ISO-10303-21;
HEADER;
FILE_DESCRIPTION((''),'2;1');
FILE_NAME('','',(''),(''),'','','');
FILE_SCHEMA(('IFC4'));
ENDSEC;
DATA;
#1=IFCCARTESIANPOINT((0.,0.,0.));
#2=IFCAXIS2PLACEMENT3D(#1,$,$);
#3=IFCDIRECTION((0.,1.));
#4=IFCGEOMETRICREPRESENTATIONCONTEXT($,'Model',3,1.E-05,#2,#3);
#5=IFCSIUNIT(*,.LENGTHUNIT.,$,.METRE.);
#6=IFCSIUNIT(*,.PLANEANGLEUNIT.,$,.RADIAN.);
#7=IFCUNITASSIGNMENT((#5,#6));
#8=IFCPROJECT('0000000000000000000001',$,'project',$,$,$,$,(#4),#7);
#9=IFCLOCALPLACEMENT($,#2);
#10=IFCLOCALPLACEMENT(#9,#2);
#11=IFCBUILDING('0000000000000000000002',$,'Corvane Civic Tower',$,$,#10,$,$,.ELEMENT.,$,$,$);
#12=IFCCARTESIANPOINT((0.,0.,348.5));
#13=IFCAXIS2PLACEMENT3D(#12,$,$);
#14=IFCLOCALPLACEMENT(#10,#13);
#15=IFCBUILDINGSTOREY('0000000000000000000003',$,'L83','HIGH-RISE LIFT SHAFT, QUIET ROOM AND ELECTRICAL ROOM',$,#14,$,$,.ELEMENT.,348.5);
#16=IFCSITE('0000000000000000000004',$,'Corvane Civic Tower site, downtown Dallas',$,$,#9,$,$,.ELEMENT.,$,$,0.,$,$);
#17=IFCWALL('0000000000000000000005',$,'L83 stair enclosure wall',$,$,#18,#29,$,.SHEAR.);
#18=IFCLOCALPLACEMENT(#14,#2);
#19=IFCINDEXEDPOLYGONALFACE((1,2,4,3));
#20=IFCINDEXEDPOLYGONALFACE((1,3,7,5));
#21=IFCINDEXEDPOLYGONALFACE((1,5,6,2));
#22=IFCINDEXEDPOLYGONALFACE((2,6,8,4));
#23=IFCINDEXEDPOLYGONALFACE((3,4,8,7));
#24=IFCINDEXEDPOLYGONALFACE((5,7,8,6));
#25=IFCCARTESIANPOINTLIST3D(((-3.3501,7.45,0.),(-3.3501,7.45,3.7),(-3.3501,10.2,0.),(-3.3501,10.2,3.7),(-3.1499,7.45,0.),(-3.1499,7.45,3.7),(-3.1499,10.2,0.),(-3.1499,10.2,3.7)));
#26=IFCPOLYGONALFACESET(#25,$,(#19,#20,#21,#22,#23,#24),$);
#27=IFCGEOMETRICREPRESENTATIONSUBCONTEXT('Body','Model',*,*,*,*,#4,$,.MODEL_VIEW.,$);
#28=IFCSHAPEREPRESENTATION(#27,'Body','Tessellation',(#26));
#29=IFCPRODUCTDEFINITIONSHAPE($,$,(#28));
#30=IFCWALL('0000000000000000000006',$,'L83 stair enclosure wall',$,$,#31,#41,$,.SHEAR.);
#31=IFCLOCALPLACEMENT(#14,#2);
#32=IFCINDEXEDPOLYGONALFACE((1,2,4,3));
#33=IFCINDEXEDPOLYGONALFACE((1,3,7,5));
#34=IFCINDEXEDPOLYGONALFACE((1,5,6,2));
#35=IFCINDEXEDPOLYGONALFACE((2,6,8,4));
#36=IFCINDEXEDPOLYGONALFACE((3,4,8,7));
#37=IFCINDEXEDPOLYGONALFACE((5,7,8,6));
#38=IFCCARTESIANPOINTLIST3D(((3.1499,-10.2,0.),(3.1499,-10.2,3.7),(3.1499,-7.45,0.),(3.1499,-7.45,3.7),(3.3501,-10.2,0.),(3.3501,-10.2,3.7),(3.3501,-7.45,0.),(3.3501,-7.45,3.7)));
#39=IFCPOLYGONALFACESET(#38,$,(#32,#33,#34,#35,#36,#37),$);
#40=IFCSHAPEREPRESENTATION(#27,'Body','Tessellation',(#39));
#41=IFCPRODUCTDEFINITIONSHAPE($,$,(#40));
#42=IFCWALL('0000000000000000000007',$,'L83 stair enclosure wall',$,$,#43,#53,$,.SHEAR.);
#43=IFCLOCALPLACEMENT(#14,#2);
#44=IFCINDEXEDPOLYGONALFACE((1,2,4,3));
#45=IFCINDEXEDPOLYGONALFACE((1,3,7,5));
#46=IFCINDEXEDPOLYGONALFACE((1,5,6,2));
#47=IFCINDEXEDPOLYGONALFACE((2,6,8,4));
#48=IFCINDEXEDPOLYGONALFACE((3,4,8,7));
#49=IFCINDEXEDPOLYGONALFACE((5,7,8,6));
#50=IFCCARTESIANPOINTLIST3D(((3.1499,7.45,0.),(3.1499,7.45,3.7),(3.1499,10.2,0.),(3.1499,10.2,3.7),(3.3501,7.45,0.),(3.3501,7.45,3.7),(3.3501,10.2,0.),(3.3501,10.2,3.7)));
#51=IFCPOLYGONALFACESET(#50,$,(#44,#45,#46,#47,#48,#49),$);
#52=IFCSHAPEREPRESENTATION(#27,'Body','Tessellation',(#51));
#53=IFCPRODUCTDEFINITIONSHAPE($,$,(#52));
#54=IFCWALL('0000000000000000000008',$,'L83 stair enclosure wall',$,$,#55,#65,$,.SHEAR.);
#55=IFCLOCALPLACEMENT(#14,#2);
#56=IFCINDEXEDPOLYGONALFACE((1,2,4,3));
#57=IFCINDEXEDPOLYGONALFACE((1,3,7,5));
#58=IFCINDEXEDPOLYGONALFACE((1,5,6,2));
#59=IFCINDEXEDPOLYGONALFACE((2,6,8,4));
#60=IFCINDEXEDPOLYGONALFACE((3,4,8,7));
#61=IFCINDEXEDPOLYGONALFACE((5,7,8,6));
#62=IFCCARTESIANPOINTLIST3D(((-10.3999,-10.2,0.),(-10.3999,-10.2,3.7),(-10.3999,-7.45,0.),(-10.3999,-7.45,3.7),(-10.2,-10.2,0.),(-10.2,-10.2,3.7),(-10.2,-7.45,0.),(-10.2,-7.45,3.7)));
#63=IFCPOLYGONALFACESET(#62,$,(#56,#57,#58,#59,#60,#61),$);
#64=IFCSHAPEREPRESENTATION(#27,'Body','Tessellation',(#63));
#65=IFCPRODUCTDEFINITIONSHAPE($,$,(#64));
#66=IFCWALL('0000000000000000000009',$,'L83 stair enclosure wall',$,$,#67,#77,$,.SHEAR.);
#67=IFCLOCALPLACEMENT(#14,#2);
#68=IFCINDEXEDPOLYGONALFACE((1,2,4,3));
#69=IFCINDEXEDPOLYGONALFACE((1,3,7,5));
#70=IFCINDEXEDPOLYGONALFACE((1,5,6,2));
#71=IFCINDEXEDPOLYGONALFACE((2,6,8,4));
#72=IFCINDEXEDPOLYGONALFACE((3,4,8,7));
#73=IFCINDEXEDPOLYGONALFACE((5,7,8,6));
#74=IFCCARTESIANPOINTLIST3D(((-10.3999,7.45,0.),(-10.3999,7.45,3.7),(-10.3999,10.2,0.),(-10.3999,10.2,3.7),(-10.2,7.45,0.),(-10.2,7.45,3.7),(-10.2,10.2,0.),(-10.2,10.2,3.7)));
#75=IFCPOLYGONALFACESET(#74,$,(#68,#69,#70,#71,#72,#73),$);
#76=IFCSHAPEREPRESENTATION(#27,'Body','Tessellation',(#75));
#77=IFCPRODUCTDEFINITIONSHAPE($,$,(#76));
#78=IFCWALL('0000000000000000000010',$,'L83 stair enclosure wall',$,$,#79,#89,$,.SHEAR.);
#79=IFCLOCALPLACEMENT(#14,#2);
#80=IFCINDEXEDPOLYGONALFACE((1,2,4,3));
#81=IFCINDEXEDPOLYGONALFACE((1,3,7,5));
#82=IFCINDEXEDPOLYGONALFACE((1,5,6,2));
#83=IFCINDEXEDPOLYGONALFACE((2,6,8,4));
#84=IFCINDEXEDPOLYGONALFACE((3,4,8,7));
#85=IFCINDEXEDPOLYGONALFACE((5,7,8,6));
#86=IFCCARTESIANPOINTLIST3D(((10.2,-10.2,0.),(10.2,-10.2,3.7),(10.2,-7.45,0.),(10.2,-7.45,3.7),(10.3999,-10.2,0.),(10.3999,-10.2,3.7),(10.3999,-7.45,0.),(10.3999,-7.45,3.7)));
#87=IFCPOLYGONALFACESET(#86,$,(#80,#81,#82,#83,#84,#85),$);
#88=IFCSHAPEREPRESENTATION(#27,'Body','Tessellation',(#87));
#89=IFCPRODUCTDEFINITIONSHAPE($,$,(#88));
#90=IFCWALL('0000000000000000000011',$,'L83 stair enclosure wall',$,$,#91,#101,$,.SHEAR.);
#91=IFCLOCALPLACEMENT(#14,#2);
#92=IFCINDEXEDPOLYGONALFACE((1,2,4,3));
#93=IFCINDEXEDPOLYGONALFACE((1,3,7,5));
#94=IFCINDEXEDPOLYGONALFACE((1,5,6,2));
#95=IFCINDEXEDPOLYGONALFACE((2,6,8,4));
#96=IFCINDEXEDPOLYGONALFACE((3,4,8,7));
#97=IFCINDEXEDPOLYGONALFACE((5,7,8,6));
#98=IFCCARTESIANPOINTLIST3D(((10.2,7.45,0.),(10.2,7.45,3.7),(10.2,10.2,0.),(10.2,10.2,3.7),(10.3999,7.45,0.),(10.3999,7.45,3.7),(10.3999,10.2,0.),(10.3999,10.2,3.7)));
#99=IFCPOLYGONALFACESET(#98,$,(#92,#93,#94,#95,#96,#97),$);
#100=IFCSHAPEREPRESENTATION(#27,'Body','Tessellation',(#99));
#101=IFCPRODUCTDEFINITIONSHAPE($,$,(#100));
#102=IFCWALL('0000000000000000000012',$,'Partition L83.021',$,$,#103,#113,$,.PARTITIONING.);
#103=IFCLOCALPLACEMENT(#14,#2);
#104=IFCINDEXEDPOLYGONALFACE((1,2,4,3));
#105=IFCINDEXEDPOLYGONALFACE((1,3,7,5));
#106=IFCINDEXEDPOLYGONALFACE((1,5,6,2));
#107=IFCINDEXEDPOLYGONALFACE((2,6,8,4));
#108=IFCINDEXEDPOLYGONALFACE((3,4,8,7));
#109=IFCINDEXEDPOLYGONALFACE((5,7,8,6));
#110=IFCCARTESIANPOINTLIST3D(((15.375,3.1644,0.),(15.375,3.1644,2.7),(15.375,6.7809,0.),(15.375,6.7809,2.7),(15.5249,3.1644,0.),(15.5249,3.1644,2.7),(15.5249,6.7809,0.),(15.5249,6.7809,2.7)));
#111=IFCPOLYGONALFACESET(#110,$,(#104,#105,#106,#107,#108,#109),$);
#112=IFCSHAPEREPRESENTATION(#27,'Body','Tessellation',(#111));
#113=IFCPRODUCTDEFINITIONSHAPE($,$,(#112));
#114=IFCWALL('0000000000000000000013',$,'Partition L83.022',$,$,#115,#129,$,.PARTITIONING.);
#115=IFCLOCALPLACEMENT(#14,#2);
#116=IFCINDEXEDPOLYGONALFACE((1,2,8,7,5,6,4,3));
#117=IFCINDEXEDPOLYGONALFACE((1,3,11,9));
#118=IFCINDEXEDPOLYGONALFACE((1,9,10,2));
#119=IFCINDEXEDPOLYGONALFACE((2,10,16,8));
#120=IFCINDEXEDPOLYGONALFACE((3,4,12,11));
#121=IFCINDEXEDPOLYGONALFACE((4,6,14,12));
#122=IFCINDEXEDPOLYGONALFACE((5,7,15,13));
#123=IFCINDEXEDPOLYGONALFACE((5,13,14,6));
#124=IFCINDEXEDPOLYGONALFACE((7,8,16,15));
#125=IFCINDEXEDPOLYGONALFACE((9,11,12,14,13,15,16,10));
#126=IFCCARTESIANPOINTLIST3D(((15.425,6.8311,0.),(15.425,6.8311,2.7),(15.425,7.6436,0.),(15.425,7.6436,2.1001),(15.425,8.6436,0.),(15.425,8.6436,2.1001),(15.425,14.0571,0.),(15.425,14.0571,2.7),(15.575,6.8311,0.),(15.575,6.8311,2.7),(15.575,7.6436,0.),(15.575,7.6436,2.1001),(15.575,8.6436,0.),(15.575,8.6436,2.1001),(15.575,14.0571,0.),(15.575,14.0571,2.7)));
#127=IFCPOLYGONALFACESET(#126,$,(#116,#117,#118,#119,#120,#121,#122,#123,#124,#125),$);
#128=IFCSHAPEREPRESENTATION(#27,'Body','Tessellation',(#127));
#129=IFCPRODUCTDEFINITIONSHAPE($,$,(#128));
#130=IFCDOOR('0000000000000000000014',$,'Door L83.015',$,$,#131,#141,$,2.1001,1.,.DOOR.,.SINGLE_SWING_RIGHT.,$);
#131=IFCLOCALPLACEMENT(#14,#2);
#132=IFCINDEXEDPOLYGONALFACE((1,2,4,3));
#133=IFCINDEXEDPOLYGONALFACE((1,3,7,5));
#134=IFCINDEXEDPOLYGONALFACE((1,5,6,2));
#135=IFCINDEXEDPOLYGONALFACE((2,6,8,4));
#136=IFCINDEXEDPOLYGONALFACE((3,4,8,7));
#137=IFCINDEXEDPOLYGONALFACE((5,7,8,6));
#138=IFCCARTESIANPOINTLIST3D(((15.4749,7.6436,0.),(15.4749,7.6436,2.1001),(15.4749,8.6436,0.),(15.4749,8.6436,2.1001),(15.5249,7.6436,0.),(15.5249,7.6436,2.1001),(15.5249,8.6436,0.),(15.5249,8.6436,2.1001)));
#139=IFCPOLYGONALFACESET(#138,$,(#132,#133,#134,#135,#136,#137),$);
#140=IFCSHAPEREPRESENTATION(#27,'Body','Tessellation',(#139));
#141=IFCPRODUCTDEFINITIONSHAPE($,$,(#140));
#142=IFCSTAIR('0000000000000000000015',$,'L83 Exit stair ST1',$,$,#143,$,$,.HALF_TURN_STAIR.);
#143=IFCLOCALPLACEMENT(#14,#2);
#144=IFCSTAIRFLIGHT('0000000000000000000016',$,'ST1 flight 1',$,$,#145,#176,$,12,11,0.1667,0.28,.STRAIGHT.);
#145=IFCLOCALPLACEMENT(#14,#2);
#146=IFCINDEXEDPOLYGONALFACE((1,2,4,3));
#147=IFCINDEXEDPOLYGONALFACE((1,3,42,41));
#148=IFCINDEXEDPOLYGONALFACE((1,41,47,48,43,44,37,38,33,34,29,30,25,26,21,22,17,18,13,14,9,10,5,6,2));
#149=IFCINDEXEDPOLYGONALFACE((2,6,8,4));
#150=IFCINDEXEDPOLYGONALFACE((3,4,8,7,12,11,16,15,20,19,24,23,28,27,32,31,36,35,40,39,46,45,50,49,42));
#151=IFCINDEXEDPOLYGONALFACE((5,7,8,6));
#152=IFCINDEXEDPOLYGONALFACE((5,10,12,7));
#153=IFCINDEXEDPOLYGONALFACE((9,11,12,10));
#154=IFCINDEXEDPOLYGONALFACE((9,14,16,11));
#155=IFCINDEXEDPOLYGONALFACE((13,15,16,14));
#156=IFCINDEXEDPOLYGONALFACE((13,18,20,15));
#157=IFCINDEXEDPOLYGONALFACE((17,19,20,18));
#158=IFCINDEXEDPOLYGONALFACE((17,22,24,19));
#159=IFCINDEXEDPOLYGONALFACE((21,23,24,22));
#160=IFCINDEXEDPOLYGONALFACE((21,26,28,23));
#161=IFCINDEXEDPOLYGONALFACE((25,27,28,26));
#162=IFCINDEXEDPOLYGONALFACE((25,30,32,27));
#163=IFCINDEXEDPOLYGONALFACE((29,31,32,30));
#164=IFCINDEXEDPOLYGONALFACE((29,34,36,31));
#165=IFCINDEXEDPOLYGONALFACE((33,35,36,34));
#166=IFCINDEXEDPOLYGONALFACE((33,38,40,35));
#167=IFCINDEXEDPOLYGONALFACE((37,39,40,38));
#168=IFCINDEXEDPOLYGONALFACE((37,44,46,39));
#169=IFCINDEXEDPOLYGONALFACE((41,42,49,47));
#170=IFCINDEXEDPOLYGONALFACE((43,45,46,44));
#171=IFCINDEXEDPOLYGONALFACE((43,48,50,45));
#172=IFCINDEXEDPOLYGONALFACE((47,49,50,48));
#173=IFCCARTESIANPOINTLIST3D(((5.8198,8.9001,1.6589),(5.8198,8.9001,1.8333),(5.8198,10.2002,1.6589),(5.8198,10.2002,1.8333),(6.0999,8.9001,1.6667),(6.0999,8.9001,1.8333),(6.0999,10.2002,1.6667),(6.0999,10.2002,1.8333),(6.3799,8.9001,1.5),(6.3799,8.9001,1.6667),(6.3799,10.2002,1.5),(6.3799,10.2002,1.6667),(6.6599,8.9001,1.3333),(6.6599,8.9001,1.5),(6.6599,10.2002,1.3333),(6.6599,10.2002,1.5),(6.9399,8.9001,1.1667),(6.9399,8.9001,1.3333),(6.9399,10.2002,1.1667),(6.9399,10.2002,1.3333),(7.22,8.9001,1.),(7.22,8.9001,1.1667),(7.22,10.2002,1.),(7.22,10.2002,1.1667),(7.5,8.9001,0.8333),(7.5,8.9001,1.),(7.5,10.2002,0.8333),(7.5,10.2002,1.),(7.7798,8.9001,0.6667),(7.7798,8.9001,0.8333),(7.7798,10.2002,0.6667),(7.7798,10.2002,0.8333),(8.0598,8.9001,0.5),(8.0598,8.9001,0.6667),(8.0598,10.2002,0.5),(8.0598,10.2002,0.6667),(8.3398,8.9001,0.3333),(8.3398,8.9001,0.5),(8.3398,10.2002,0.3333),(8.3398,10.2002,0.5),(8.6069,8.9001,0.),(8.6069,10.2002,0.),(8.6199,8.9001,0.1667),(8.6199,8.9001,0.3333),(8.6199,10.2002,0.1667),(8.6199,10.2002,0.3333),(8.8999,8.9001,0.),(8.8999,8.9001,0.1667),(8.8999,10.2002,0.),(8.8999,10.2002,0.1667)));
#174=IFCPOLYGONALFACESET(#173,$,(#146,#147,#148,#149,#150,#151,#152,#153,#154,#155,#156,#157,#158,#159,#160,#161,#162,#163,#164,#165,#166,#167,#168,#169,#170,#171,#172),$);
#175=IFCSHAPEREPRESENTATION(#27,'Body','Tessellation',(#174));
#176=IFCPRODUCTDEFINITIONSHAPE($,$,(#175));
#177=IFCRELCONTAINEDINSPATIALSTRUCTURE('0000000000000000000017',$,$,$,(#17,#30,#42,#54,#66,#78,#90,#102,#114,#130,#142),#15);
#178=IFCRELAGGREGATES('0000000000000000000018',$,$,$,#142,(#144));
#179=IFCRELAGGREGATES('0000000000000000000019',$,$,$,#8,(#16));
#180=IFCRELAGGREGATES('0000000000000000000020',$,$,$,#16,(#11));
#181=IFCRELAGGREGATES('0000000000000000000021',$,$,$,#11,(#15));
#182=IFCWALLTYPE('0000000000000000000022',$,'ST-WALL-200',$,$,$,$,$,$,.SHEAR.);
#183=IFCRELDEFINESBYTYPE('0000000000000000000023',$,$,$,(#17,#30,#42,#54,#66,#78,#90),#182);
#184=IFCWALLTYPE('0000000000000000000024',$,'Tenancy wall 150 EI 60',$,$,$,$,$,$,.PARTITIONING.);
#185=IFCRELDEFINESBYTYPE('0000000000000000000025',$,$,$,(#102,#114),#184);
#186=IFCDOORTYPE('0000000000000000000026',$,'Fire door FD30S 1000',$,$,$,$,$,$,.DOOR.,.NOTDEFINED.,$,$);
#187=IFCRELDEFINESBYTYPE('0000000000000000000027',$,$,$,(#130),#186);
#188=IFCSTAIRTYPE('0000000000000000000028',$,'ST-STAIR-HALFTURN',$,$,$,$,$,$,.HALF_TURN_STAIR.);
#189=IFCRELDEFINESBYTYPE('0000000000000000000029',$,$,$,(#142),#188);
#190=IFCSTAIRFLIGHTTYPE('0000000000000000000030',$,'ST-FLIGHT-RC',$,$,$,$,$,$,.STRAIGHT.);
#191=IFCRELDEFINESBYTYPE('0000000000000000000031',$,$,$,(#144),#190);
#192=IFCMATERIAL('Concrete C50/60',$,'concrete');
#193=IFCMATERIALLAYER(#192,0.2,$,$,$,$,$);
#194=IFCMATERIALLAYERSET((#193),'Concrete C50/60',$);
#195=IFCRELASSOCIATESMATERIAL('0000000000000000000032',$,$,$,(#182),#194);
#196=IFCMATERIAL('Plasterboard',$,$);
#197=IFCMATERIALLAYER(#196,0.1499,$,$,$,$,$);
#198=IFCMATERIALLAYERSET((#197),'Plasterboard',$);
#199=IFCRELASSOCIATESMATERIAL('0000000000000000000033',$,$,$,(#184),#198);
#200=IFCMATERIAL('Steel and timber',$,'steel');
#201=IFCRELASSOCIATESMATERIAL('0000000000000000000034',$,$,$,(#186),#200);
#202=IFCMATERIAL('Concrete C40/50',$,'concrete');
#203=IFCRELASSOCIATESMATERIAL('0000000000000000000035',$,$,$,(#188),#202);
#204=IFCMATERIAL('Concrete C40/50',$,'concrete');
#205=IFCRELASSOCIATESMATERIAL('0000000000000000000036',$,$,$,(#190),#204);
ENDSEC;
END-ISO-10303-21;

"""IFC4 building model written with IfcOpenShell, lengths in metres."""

from ifc_helpers import new_model, si_unit, direction, frame, frame_2d, origin, place, context, subcontext, project, spatial, polyline, rectangle, outline, extrude, material, layer, layer_set, type_object, element, fill, aggregate, save


model = new_model("IFC4")

# Units and contexts
model_context = context("Model", 3, precision=1e-05, world=origin(), true_north=direction((0.0, 1.0)))
body_context = subcontext(model_context, "Body", "Model", "MODEL_VIEW")
ifc_project = project(units=[si_unit("LENGTHUNIT", "METRE"), si_unit("PLANEANGLEUNIT", "RADIAN")], contexts=[model_context])

# Site, building, storey
site_placement = place(None, origin())
site = spatial("IfcSite", under=ifc_project, at=site_placement, Name="Corvane Civic Tower site, downtown Dallas", CompositionType="ELEMENT", RefElevation=0.0)
building_placement = place(site_placement, origin())
building = spatial("IfcBuilding", under=site, at=building_placement, Name="Corvane Civic Tower", CompositionType="ELEMENT")
storey_placement = place(building_placement, frame((0.0, 0.0, 348.5)))
storey = spatial("IfcBuildingStorey", under=building, at=storey_placement, Name="L83", Description="HIGH-RISE LIFT SHAFT, QUIET ROOM AND ELECTRICAL ROOM", CompositionType="ELEMENT", Elevation=348.5)

# Shared definitions
ifc_material_1 = material(Name="Concrete C50/60", Category="concrete")
ifc_layer_1 = layer(ifc_material_1, 0.2)
ifc_layer_set_1 = layer_set([ifc_layer_1], Name="Concrete C50/60")
wall_type_1 = type_object("IfcWallType", Name="ST-WALL-200", PredefinedType="SHEAR", material=ifc_layer_set_1)

# Walls
wall_1_placement = place(storey_placement, origin())
element("IfcWall", 1, at=wall_1_placement, inside=storey, type_object=wall_type_1, Name="L83 stair enclosure wall", PredefinedType="SHEAR", context=body_context, shape_type="SweptSolid", body=[
    extrude(outline(polyline([(-3.1499, 7.45), (-3.3501, 7.45), (-3.3501, 10.2), (-3.1499, 10.2), (-3.1499, 7.45)])), origin(), (0.0, 0.0, 1.0), 3.7),
])
wall_2_placement = place(storey_placement, origin())
element("IfcWall", 2, at=wall_2_placement, inside=storey, type_object=wall_type_1, Name="L83 stair enclosure wall", PredefinedType="SHEAR", context=body_context, shape_type="SweptSolid", body=[
    extrude(outline(polyline([(3.3501, -7.45), (3.3501, -10.2), (3.1499, -10.2), (3.1499, -7.45), (3.3501, -7.45)])), origin(), (0.0, 0.0, 1.0), 3.7),
])
wall_3_placement = place(storey_placement, origin())
element("IfcWall", 3, at=wall_3_placement, inside=storey, type_object=wall_type_1, Name="L83 stair enclosure wall", PredefinedType="SHEAR", context=body_context, shape_type="SweptSolid", body=[
    extrude(outline(polyline([(3.3501, 7.45), (3.1499, 7.45), (3.1499, 10.2), (3.3501, 10.2), (3.3501, 7.45)])), origin(), (0.0, 0.0, 1.0), 3.7),
])
wall_4_placement = place(storey_placement, origin())
element("IfcWall", 4, at=wall_4_placement, inside=storey, type_object=wall_type_1, Name="L83 stair enclosure wall", PredefinedType="SHEAR", context=body_context, shape_type="SweptSolid", body=[
    extrude(outline(polyline([(-10.2, -7.45), (-10.2, -10.2), (-10.3999, -10.2), (-10.3999, -7.45), (-10.2, -7.45)])), origin(), (0.0, 0.0, 1.0), 3.7),
])
wall_5_placement = place(storey_placement, origin())
element("IfcWall", 5, at=wall_5_placement, inside=storey, type_object=wall_type_1, Name="L83 stair enclosure wall", PredefinedType="SHEAR", context=body_context, shape_type="SweptSolid", body=[
    extrude(outline(polyline([(-10.2, 7.45), (-10.3999, 7.45), (-10.3999, 10.2), (-10.2, 10.2), (-10.2, 7.45)])), origin(), (0.0, 0.0, 1.0), 3.7),
])
wall_6_placement = place(storey_placement, origin())
element("IfcWall", 6, at=wall_6_placement, inside=storey, type_object=wall_type_1, Name="L83 stair enclosure wall", PredefinedType="SHEAR", context=body_context, shape_type="SweptSolid", body=[
    extrude(outline(polyline([(10.3999, -7.45), (10.3999, -10.2), (10.2, -10.2), (10.2, -7.45), (10.3999, -7.45)])), origin(), (0.0, 0.0, 1.0), 3.7),
])
wall_7_placement = place(storey_placement, origin())
element("IfcWall", 7, at=wall_7_placement, inside=storey, type_object=wall_type_1, Name="L83 stair enclosure wall", PredefinedType="SHEAR", context=body_context, shape_type="SweptSolid", body=[
    extrude(outline(polyline([(10.3999, 7.45), (10.2, 7.45), (10.2, 10.2), (10.3999, 10.2), (10.3999, 7.45)])), origin(), (0.0, 0.0, 1.0), 3.7),
])
ifc_material_2 = material(Name="Plasterboard")
ifc_layer_2 = layer(ifc_material_2, 0.1499)
ifc_layer_set_2 = layer_set([ifc_layer_2], Name="Plasterboard")
wall_type_2 = type_object("IfcWallType", Name="Tenancy wall 150 EI 60", PredefinedType="PARTITIONING", material=ifc_layer_set_2)
wall_8_placement = place(storey_placement, frame((15.45, 3.1646, 0.0), z_axis=(0.0, 0.0, 1.0), x_axis=(0.0, 1.0, 0.0)))
element("IfcWall", 8, at=wall_8_placement, inside=storey, type_object=wall_type_2, Name="Partition L83.021", PredefinedType="PARTITIONING", context=body_context, shape_type="SweptSolid", body=[
    extrude(rectangle(XDim=3.6165, YDim=0.1499, at=frame_2d((1.8081, 0.0))), origin(), (0.0, 0.0, 1.0), 2.7),
])

# Wall, opening, door
wall_9_placement = place(storey_placement, frame((15.5, 6.8311, 0.0), z_axis=(0.0, 0.0, 1.0), x_axis=(0.0, 1.0, 0.0)))
wall_9 = element("IfcWall", 9, at=wall_9_placement, inside=storey, type_object=wall_type_2, Name="Partition L83.022", PredefinedType="PARTITIONING", context=body_context, shape_type="SweptSolid", body=[
    extrude(rectangle(XDim=7.2261, YDim=0.1499, at=frame_2d((3.613, 0.0))), origin(), (0.0, 0.0, 1.0), 2.7),
])
opening_1_placement = place(wall_9_placement, frame((0.8125, 0.0, 0.0)))
opening_1 = element("IfcOpeningElement", 10, at=opening_1_placement, cuts=wall_9, PredefinedType="OPENING", context=body_context, shape_type="SweptSolid", body=[
    extrude(rectangle(XDim=1.0, YDim=2.1001, at=frame_2d((0.5, 1.05))), frame((0.0, 0.085, 0.0), z_axis=(0.0, -1.0, 0.0), x_axis=(1.0, 0.0, 0.0)), (0.0, 0.0, 1.0), 0.1699),
])
ifc_material_3 = material(Name="Steel and timber", Category="steel")
door_type_1 = type_object("IfcDoorType", Name="Fire door FD30S 1000", OperationType="NOTDEFINED", PredefinedType="DOOR", material=ifc_material_3)
door_1_placement = place(opening_1_placement, frame((1.0, 0.0, 0.0), z_axis=(0.0, 0.0, 1.0), x_axis=(-1.0, 0.0, 0.0)))
door_1 = element("IfcDoor", 11, at=door_1_placement, inside=storey, type_object=door_type_1, Name="Door L83.015", OperationType="SINGLE_SWING_RIGHT", OverallHeight=2.1001, OverallWidth=1.0, PredefinedType="DOOR", context=body_context, shape_type="SweptSolid", body=[
    extrude(rectangle(XDim=1.0, YDim=2.1001, at=frame_2d((0.5, 1.05))), frame((0.0, 0.0249, 0.0), z_axis=(0.0, -1.0, 0.0), x_axis=(1.0, 0.0, 0.0)), (0.0, 0.0, 1.0), 0.05),
])
fill(opening_1, door_1)

# Stair, stair flight
ifc_material_4 = material(Name="Concrete C40/50", Category="concrete")
stair_type = type_object("IfcStairType", Name="ST-STAIR-HALFTURN", PredefinedType="HALF_TURN_STAIR", material=ifc_material_4)
stair_placement = place(storey_placement, origin())
stair = element("IfcStair", 12, at=stair_placement, inside=storey, type_object=stair_type, Name="L83 Exit stair ST1", PredefinedType="HALF_TURN_STAIR")
ifc_material_5 = material(Name="Concrete C40/50", Category="concrete")
stair_flight_type = type_object("IfcStairFlightType", Name="ST-FLIGHT-RC", PredefinedType="STRAIGHT", material=ifc_material_5)
stair_flight_1_placement = place(storey_placement, frame((8.8999, 9.55, 0.0), z_axis=(0.0, 0.0, 1.0), x_axis=(-1.0, 0.0, 0.0)))
stair_flight_1 = element("IfcStairFlight", 13, at=stair_flight_1_placement, type_object=stair_flight_type, Name="ST1 flight 1", NumberOfRisers=12, NumberOfTreads=11, PredefinedType="STRAIGHT", RiserHeight=0.1667, TreadLength=0.28, context=body_context, shape_type="SweptSolid", body=[
    extrude(outline(polyline([(0.0, 0.0), (0.0, 0.1667), (0.28, 0.1667), (0.28, 0.3333), (0.5601, 0.3333), (0.5601, 0.5), (0.8401, 0.5), (0.8401, 0.6667), (1.1201, 0.6667), (1.1201, 0.8333), (1.3999, 0.8333), (1.3999, 1.0), (1.6799, 1.0), (1.6799, 1.1667), (1.96, 1.1667), (1.96, 1.3333), (2.24, 1.3333), (2.24, 1.5), (2.52, 1.5), (2.52, 1.6667), (2.8, 1.6667), (2.8, 1.8333), (3.0801, 1.8333), (3.0801, 2.0), (3.0801, 1.6589), (0.293, 0.0), (0.0, 0.0)])), frame((0.0, 0.6499, 0.0), z_axis=(0.0, -1.0, 0.0), x_axis=(1.0, 0.0, 0.0)), (0.0, 0.0, 1.0), 1.3),
])
aggregate(stair, [stair_flight_1])

save(model, "model.ifc")
